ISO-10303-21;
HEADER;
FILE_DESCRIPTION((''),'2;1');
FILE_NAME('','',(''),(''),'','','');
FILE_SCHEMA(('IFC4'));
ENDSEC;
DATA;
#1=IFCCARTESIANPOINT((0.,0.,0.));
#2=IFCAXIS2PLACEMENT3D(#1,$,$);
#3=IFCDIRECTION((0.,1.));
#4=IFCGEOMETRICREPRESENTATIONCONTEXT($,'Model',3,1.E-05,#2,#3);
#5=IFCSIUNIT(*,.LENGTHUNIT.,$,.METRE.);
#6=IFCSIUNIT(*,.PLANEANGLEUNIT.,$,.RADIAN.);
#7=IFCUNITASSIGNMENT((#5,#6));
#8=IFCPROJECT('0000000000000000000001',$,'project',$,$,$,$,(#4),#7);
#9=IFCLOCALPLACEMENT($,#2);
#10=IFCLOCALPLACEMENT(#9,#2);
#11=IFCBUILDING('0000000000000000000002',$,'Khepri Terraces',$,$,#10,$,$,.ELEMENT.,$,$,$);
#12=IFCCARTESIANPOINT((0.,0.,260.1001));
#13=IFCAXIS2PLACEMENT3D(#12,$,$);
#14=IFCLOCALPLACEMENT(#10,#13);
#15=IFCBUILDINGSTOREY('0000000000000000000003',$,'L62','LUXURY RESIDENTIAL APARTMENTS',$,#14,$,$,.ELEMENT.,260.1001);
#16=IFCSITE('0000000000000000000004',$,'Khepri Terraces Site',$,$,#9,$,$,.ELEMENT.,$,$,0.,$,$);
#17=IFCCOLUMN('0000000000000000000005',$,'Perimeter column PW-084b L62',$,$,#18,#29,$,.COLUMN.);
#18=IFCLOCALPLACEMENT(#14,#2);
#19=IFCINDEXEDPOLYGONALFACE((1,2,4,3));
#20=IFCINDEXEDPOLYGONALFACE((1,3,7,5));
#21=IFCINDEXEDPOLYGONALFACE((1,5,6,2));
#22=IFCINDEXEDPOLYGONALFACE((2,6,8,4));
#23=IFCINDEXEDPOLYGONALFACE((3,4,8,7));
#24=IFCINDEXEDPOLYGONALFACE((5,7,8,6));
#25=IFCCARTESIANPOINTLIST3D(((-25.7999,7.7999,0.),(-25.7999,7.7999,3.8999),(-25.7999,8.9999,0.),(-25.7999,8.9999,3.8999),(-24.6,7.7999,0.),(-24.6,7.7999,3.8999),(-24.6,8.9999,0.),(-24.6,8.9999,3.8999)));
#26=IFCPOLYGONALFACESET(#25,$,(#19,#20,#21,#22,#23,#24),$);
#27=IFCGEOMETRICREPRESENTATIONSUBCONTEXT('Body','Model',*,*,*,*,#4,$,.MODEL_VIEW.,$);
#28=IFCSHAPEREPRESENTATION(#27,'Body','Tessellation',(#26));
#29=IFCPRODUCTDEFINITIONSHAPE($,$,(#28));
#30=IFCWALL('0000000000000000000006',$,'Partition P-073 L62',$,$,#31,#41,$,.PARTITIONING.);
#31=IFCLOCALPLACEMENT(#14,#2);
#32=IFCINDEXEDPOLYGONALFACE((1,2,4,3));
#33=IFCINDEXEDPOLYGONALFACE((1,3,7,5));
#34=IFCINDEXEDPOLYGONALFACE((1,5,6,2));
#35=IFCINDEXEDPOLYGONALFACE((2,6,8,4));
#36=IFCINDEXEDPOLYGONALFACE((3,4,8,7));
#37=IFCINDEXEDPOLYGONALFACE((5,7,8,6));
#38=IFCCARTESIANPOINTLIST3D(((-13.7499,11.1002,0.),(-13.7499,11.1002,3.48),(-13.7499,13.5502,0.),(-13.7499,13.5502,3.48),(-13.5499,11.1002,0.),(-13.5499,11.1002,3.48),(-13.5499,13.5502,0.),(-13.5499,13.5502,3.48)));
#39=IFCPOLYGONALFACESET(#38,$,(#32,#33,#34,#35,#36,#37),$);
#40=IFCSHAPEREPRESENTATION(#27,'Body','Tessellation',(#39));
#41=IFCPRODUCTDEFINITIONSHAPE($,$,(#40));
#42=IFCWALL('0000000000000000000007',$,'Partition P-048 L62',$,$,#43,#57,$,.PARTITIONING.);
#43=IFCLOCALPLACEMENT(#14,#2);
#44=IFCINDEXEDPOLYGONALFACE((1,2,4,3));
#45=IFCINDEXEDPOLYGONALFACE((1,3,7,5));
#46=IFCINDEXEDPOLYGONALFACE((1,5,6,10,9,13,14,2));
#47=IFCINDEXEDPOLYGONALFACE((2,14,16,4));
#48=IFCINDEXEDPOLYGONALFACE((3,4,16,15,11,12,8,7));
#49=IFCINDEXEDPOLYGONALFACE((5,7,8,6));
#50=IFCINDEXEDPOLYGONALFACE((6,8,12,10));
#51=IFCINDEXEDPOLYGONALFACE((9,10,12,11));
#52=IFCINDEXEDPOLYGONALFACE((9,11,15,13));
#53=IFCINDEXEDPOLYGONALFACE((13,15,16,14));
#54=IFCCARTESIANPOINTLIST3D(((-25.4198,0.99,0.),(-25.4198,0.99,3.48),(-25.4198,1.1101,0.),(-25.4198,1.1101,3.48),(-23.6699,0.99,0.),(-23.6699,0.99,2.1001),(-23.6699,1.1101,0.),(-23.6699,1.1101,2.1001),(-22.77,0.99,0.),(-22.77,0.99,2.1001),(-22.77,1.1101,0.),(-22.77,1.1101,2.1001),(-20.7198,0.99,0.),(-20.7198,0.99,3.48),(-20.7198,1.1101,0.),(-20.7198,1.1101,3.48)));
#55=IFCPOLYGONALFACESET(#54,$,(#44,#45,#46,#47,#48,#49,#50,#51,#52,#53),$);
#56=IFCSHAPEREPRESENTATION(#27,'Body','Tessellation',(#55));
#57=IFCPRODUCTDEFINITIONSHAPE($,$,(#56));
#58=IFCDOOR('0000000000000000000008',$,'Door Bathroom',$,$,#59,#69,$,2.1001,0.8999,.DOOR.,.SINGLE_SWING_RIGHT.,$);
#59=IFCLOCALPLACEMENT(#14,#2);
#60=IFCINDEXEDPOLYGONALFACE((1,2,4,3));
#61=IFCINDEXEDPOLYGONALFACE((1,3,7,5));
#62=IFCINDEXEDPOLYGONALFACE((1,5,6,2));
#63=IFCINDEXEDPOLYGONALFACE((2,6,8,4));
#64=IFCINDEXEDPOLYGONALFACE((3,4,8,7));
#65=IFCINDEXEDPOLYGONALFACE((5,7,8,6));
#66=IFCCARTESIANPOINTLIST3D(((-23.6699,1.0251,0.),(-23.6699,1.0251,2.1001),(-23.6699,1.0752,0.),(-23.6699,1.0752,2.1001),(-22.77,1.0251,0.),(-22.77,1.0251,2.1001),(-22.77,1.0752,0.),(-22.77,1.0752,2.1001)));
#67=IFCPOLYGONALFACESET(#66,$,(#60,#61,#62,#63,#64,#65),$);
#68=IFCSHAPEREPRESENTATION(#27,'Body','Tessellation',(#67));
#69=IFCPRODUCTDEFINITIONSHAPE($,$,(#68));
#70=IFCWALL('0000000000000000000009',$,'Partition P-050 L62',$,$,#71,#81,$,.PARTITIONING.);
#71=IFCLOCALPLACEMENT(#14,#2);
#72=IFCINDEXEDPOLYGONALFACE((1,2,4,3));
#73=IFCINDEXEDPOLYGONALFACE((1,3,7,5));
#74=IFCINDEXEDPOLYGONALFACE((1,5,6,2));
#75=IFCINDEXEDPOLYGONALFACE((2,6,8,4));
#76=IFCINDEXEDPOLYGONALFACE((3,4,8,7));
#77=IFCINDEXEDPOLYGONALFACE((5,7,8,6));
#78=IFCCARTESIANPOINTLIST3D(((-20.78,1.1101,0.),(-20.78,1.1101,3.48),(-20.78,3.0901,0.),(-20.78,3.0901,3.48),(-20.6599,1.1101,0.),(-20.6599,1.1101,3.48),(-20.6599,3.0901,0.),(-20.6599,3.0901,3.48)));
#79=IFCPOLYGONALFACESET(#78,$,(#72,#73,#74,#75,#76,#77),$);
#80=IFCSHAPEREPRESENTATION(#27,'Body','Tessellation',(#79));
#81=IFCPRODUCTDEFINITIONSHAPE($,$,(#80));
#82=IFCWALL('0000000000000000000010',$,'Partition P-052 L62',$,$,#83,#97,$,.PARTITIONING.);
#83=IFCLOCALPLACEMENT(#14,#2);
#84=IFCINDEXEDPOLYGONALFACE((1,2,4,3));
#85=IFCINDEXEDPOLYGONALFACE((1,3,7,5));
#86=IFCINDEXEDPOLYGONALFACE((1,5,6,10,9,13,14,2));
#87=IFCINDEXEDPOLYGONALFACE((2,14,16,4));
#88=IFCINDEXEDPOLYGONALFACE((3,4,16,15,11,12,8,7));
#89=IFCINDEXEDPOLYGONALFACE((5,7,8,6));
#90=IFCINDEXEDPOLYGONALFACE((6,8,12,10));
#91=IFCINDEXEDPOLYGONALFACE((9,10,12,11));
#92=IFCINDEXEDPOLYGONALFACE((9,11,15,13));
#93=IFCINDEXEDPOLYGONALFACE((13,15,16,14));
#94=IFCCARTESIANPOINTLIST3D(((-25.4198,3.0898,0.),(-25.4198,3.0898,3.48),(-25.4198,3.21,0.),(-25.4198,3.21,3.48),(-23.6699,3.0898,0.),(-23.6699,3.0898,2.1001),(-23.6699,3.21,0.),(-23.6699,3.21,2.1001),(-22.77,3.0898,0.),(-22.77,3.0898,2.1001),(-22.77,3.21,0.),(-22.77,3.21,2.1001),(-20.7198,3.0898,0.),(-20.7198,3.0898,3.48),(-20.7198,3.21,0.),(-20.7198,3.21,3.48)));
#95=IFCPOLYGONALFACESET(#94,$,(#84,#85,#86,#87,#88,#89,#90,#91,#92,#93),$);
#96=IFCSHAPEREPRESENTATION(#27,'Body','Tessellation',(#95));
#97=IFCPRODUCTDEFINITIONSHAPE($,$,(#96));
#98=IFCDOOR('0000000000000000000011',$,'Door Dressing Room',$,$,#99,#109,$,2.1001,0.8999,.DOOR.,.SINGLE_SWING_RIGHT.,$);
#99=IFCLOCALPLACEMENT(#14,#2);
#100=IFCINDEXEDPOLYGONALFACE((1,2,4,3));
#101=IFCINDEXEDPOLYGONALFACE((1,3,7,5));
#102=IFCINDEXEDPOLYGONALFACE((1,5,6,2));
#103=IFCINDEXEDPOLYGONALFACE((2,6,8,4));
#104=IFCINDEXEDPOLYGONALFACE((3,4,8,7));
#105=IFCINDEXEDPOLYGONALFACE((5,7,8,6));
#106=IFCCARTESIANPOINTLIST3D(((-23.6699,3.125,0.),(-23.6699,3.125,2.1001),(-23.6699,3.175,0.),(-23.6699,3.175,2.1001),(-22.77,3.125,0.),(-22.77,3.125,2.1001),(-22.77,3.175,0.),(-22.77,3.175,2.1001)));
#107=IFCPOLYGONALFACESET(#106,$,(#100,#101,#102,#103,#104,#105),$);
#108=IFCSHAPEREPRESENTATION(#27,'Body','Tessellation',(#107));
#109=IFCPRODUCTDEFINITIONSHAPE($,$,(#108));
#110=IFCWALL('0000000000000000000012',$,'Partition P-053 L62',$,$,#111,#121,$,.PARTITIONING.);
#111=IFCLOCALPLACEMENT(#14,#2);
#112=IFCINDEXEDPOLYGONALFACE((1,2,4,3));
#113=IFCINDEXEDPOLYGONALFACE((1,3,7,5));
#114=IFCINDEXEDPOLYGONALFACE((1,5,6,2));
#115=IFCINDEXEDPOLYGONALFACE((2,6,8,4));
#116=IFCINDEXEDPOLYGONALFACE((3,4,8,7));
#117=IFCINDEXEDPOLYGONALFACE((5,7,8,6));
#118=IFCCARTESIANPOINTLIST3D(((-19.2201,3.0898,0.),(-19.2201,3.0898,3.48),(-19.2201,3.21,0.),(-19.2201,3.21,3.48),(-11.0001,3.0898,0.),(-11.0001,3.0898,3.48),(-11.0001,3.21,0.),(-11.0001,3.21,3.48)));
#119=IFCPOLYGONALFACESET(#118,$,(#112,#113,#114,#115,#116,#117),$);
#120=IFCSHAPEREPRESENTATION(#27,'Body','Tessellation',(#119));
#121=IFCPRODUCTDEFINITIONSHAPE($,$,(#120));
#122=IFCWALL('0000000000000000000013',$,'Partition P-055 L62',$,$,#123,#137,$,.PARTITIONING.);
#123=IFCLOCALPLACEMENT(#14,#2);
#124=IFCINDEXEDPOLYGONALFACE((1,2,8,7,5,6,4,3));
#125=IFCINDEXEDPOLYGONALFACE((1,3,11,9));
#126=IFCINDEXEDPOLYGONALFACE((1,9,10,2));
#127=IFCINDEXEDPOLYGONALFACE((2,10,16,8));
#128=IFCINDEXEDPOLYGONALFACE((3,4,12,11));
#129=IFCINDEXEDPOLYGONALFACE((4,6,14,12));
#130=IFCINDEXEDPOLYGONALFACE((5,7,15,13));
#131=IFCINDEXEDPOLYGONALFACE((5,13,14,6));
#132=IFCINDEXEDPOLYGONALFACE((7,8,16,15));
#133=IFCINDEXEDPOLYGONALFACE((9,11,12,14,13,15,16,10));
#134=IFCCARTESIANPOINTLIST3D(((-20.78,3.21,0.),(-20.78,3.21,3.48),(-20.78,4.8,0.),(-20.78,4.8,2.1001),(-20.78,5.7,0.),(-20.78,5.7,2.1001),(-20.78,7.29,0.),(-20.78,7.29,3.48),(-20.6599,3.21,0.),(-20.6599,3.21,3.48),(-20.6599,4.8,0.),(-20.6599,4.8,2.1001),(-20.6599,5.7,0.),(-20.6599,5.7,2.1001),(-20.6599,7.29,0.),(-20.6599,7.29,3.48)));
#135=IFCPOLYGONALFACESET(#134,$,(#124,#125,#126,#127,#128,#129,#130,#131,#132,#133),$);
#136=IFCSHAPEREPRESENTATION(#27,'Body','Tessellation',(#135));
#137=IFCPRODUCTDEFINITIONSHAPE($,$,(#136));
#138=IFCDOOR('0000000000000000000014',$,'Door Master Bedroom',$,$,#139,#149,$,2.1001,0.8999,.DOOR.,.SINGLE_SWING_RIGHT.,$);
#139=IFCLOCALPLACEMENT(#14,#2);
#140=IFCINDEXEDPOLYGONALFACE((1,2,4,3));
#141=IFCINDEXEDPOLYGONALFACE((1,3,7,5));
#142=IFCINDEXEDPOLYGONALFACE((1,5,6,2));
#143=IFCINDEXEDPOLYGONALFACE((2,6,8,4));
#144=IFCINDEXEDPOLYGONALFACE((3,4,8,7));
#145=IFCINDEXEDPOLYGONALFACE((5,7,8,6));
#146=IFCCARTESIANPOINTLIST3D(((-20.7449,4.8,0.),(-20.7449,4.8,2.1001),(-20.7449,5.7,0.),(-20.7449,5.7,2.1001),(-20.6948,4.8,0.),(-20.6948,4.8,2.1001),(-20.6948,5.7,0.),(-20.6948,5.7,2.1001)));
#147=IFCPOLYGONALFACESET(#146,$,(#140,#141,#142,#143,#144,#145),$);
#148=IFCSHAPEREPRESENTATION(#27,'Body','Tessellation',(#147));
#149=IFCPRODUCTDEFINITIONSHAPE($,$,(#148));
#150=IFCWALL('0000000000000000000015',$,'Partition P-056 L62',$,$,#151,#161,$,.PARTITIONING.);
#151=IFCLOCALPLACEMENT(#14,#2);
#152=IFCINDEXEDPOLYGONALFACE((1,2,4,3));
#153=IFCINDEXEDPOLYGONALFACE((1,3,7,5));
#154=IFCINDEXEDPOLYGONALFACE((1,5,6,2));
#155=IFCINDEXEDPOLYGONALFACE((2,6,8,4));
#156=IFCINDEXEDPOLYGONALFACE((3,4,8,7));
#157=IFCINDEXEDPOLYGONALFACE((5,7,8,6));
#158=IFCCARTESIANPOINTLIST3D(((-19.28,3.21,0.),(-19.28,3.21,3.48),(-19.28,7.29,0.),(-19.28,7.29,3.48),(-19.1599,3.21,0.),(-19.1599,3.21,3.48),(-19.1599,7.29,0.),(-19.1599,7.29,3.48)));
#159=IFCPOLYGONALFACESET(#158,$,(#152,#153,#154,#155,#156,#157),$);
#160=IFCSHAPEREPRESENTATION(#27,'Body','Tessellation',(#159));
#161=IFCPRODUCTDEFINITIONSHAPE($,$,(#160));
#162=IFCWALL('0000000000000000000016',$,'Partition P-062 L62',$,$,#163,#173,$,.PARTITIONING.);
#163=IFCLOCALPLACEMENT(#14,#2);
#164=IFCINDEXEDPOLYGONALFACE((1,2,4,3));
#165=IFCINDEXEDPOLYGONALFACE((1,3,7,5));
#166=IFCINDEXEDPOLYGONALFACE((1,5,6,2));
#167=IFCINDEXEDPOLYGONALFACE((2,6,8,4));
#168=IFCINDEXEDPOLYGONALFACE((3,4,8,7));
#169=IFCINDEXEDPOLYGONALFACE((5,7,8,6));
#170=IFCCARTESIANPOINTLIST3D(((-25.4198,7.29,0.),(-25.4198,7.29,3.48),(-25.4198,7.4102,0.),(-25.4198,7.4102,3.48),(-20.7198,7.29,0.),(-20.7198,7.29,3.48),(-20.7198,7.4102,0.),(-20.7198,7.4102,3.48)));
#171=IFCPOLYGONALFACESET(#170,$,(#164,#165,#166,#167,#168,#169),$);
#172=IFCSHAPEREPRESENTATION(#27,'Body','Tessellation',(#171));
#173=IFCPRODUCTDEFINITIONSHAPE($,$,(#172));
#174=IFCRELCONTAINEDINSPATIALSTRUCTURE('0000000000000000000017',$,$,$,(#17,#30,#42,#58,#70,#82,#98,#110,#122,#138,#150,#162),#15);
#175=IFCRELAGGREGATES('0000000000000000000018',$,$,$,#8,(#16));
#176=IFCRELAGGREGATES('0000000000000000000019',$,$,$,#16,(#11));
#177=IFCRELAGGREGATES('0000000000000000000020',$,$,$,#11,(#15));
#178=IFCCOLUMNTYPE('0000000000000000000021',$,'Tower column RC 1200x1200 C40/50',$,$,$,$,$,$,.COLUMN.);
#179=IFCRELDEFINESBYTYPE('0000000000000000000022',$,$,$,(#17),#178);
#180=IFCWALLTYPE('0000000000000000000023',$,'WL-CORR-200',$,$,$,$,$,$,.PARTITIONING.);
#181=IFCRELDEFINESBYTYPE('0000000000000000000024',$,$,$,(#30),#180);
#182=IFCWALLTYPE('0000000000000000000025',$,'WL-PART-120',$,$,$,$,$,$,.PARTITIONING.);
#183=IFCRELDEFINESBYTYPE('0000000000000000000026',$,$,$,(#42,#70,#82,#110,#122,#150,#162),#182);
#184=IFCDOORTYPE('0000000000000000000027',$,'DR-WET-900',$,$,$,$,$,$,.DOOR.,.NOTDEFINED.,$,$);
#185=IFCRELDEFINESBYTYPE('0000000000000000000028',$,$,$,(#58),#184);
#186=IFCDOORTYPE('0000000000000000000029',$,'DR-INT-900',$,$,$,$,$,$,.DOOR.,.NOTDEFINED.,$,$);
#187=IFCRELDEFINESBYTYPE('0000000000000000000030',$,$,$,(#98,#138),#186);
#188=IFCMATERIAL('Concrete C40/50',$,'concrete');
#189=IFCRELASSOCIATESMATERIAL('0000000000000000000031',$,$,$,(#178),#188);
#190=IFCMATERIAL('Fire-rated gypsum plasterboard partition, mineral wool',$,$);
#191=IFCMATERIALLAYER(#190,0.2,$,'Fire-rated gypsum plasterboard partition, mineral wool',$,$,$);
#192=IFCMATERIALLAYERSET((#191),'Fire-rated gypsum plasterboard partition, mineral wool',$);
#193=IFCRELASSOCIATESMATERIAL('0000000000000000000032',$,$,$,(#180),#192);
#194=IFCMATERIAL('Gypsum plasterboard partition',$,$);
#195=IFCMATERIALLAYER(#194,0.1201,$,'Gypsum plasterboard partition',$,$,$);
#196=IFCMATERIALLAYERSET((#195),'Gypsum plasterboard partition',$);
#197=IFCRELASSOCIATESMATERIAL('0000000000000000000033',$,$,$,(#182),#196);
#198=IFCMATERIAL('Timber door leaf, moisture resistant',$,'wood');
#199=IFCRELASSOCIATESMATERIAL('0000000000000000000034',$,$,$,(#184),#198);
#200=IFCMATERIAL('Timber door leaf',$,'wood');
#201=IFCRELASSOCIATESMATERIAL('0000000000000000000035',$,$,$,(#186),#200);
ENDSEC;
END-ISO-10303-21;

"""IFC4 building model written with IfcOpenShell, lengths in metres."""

from ifc_helpers import new_model, si_unit, direction, frame, frame_2d, origin, origin_2d, place, context, subcontext, project, spatial, rectangle, extrude, material, layer, layer_set, material_profile, profile_set, type_object, element, fill, save


model = new_model("IFC4")

# Units and contexts
model_context = context("Model", 3, precision=1e-05, world=origin(), true_north=direction((0.0, 1.0)))
body_context = subcontext(model_context, "Body", "Model", "MODEL_VIEW")
ifc_project = project(units=[si_unit("LENGTHUNIT", "METRE"), si_unit("PLANEANGLEUNIT", "RADIAN")], contexts=[model_context])

# Site, building, storey
site_placement = place(None, origin())
site = spatial("IfcSite", under=ifc_project, at=site_placement, Name="Khepri Terraces Site", CompositionType="ELEMENT", RefElevation=0.0)
building_placement = place(site_placement, origin())
building = spatial("IfcBuilding", under=site, at=building_placement, Name="Khepri Terraces", CompositionType="ELEMENT")
storey_placement = place(building_placement, frame((0.0, 0.0, 260.1001)))
storey = spatial("IfcBuildingStorey", under=building, at=storey_placement, Name="L62", Description="LUXURY RESIDENTIAL APARTMENTS", CompositionType="ELEMENT", Elevation=260.1001)

# Column
ifc_material_1 = material(Name="Concrete C40/50", Category="concrete")
ifc_material_profile = material_profile(ifc_material_1, rectangle(XDim=1.2, YDim=1.2, at=origin_2d()), Name="Concrete C40/50", Category="concrete")
ifc_profile_set = profile_set([ifc_material_profile], Name="Concrete C40/50")
column_type = type_object("IfcColumnType", Name="Tower column RC 1200x1200 C40/50", PredefinedType="COLUMN", material=ifc_profile_set)
column_placement = place(storey_placement, frame((-25.2, 8.3999, 0.0), z_axis=(0.0, 0.0, 1.0), x_axis=(1.0, 0.0, 0.0)))
element("IfcColumn", 1, at=column_placement, inside=storey, type_object=column_type, Name="Perimeter column PW-084b L62", PredefinedType="COLUMN", context=body_context, shape_type="SweptSolid", body=[
    extrude(rectangle(XDim=1.2, YDim=1.2, at=origin_2d()), origin(), (0.0, 0.0, 1.0), 3.8999),
])

# Shared definitions
ifc_material_2 = material(Name="Fire-rated gypsum plasterboard partition, mineral wool")
ifc_layer_1 = layer(ifc_material_2, 0.2, Name="Fire-rated gypsum plasterboard partition, mineral wool")
ifc_layer_set_1 = layer_set([ifc_layer_1], Name="Fire-rated gypsum plasterboard partition, mineral wool")
wall_type_1 = type_object("IfcWallType", Name="WL-CORR-200", PredefinedType="PARTITIONING", material=ifc_layer_set_1)

# Wall
wall_1_placement = place(storey_placement, frame((-13.6499, 11.1001, 0.0), z_axis=(0.0, 0.0, 1.0), x_axis=(0.0, 1.0, 0.0)))
element("IfcWall", 2, at=wall_1_placement, inside=storey, type_object=wall_type_1, Name="Partition P-073 L62", PredefinedType="PARTITIONING", context=body_context, shape_type="SweptSolid", body=[
    extrude(rectangle(XDim=2.45, YDim=0.2, at=frame_2d((1.2251, 0.0))), origin(), (0.0, 0.0, 1.0), 3.48),
])

# Wall, opening, door
ifc_material_3 = material(Name="Gypsum plasterboard partition")
ifc_layer_2 = layer(ifc_material_3, 0.1201, Name="Gypsum plasterboard partition")
ifc_layer_set_2 = layer_set([ifc_layer_2], Name="Gypsum plasterboard partition")
wall_type_2 = type_object("IfcWallType", Name="WL-PART-120", PredefinedType="PARTITIONING", material=ifc_layer_set_2)
wall_2_placement = place(storey_placement, frame((-25.4199, 1.05, 0.0), z_axis=(0.0, 0.0, 1.0), x_axis=(1.0, 0.0, 0.0)))
wall_2 = element("IfcWall", 3, at=wall_2_placement, inside=storey, type_object=wall_type_2, Name="Partition P-048 L62", PredefinedType="PARTITIONING", context=body_context, shape_type="SweptSolid", body=[
    extrude(rectangle(XDim=4.7, YDim=0.1201, at=frame_2d((2.3501, 0.0))), origin(), (0.0, 0.0, 1.0), 3.48),
])
opening_1_placement = place(wall_2_placement, frame((1.75, 0.0, 0.0)))
opening_1 = element("IfcOpeningElement", 4, at=opening_1_placement, cuts=wall_2, PredefinedType="OPENING", context=body_context, shape_type="SweptSolid", body=[
    extrude(rectangle(XDim=0.8999, YDim=2.1001, at=frame_2d((0.45, 1.05))), frame((0.0, 0.0701, 0.0), z_axis=(0.0, -1.0, 0.0), x_axis=(1.0, 0.0, 0.0)), (0.0, 0.0, 1.0), 0.1401),
])
ifc_material_4 = material(Name="Timber door leaf, moisture resistant", Category="wood")
door_type_1 = type_object("IfcDoorType", Name="DR-WET-900", OperationType="NOTDEFINED", PredefinedType="DOOR", material=ifc_material_4)
door_1_placement = place(opening_1_placement, frame((0.8999, 0.0, 0.0), z_axis=(0.0, 0.0, 1.0), x_axis=(-1.0, 0.0, 0.0)))
door_1 = element("IfcDoor", 5, at=door_1_placement, inside=storey, type_object=door_type_1, Name="Door Bathroom", OperationType="SINGLE_SWING_RIGHT", OverallHeight=2.1001, OverallWidth=0.8999, PredefinedType="DOOR", context=body_context, shape_type="SweptSolid", body=[
    extrude(rectangle(XDim=0.8999, YDim=2.1001, at=frame_2d((0.45, 1.05))), frame((0.0, 0.0249, 0.0), z_axis=(0.0, -1.0, 0.0), x_axis=(1.0, 0.0, 0.0)), (0.0, 0.0, 1.0), 0.05),
])
fill(opening_1, door_1)

# Wall
wall_3_placement = place(storey_placement, frame((-20.72, 1.1101, 0.0), z_axis=(0.0, 0.0, 1.0), x_axis=(0.0, 1.0, 0.0)))
element("IfcWall", 6, at=wall_3_placement, inside=storey, type_object=wall_type_2, Name="Partition P-050 L62", PredefinedType="PARTITIONING", context=body_context, shape_type="SweptSolid", body=[
    extrude(rectangle(XDim=1.98, YDim=0.1201, at=frame_2d((0.99, 0.0))), origin(), (0.0, 0.0, 1.0), 3.48),
])

# Wall, opening, door
wall_4_placement = place(storey_placement, frame((-25.4199, 3.1499, 0.0), z_axis=(0.0, 0.0, 1.0), x_axis=(1.0, 0.0, 0.0)))
wall_4 = element("IfcWall", 7, at=wall_4_placement, inside=storey, type_object=wall_type_2, Name="Partition P-052 L62", PredefinedType="PARTITIONING", context=body_context, shape_type="SweptSolid", body=[
    extrude(rectangle(XDim=4.7, YDim=0.1201, at=frame_2d((2.3501, 0.0))), origin(), (0.0, 0.0, 1.0), 3.48),
])
opening_2_placement = place(wall_4_placement, frame((1.75, 0.0, 0.0)))
opening_2 = element("IfcOpeningElement", 8, at=opening_2_placement, cuts=wall_4, PredefinedType="OPENING", context=body_context, shape_type="SweptSolid", body=[
    extrude(rectangle(XDim=0.8999, YDim=2.1001, at=frame_2d((0.45, 1.05))), frame((0.0, 0.0701, 0.0), z_axis=(0.0, -1.0, 0.0), x_axis=(1.0, 0.0, 0.0)), (0.0, 0.0, 1.0), 0.1401),
])
ifc_material_5 = material(Name="Timber door leaf", Category="wood")
door_type_2 = type_object("IfcDoorType", Name="DR-INT-900", OperationType="NOTDEFINED", PredefinedType="DOOR", material=ifc_material_5)
door_2_placement = place(opening_2_placement, frame((0.8999, 0.0, 0.0), z_axis=(0.0, 0.0, 1.0), x_axis=(-1.0, 0.0, 0.0)))
door_2 = element("IfcDoor", 9, at=door_2_placement, inside=storey, type_object=door_type_2, Name="Door Dressing Room", OperationType="SINGLE_SWING_RIGHT", OverallHeight=2.1001, OverallWidth=0.8999, PredefinedType="DOOR", context=body_context, shape_type="SweptSolid", body=[
    extrude(rectangle(XDim=0.8999, YDim=2.1001, at=frame_2d((0.45, 1.05))), frame((0.0, 0.0249, 0.0), z_axis=(0.0, -1.0, 0.0), x_axis=(1.0, 0.0, 0.0)), (0.0, 0.0, 1.0), 0.05),
])
fill(opening_2, door_2)

# Wall
wall_5_placement = place(storey_placement, frame((-19.22, 3.1499, 0.0), z_axis=(0.0, 0.0, 1.0), x_axis=(1.0, 0.0, 0.0)))
element("IfcWall", 10, at=wall_5_placement, inside=storey, type_object=wall_type_2, Name="Partition P-053 L62", PredefinedType="PARTITIONING", context=body_context, shape_type="SweptSolid", body=[
    extrude(rectangle(XDim=8.22, YDim=0.1201, at=frame_2d((4.1099, 0.0))), origin(), (0.0, 0.0, 1.0), 3.48),
])

# Wall, opening, door
wall_6_placement = place(storey_placement, frame((-20.72, 3.21, 0.0), z_axis=(0.0, 0.0, 1.0), x_axis=(0.0, 1.0, 0.0)))
wall_6 = element("IfcWall", 11, at=wall_6_placement, inside=storey, type_object=wall_type_2, Name="Partition P-055 L62", PredefinedType="PARTITIONING", context=body_context, shape_type="SweptSolid", body=[
    extrude(rectangle(XDim=4.0801, YDim=0.1201, at=frame_2d((2.04, 0.0))), origin(), (0.0, 0.0, 1.0), 3.48),
])
opening_3_placement = place(wall_6_placement, frame((1.5901, 0.0, 0.0)))
opening_3 = element("IfcOpeningElement", 12, at=opening_3_placement, cuts=wall_6, PredefinedType="OPENING", context=body_context, shape_type="SweptSolid", body=[
    extrude(rectangle(XDim=0.8999, YDim=2.1001, at=frame_2d((0.45, 1.05))), frame((0.0, 0.0701, 0.0), z_axis=(0.0, -1.0, 0.0), x_axis=(1.0, 0.0, 0.0)), (0.0, 0.0, 1.0), 0.1401),
])
door_3_placement = place(opening_3_placement, origin())
door_3 = element("IfcDoor", 13, at=door_3_placement, inside=storey, type_object=door_type_2, Name="Door Master Bedroom", OperationType="SINGLE_SWING_RIGHT", OverallHeight=2.1001, OverallWidth=0.8999, PredefinedType="DOOR", context=body_context, shape_type="SweptSolid", body=[
    extrude(rectangle(XDim=0.8999, YDim=2.1001, at=frame_2d((0.45, 1.05))), frame((0.0, 0.0249, 0.0), z_axis=(0.0, -1.0, 0.0), x_axis=(1.0, 0.0, 0.0)), (0.0, 0.0, 1.0), 0.05),
])
fill(opening_3, door_3)

# Walls
wall_7_placement = place(storey_placement, frame((-19.22, 3.21, 0.0), z_axis=(0.0, 0.0, 1.0), x_axis=(0.0, 1.0, 0.0)))
element("IfcWall", 14, at=wall_7_placement, inside=storey, type_object=wall_type_2, Name="Partition P-056 L62", PredefinedType="PARTITIONING", context=body_context, shape_type="SweptSolid", body=[
    extrude(rectangle(XDim=4.0801, YDim=0.1201, at=frame_2d((2.04, 0.0))), origin(), (0.0, 0.0, 1.0), 3.48),
])
wall_8_placement = place(storey_placement, frame((-25.4199, 7.3501, 0.0), z_axis=(0.0, 0.0, 1.0), x_axis=(1.0, 0.0, 0.0)))
element("IfcWall", 15, at=wall_8_placement, inside=storey, type_object=wall_type_2, Name="Partition P-062 L62", PredefinedType="PARTITIONING", context=body_context, shape_type="SweptSolid", body=[
    extrude(rectangle(XDim=4.7, YDim=0.1201, at=frame_2d((2.3501, 0.0))), origin(), (0.0, 0.0, 1.0), 3.48),
])

save(model, "model.ifc")
